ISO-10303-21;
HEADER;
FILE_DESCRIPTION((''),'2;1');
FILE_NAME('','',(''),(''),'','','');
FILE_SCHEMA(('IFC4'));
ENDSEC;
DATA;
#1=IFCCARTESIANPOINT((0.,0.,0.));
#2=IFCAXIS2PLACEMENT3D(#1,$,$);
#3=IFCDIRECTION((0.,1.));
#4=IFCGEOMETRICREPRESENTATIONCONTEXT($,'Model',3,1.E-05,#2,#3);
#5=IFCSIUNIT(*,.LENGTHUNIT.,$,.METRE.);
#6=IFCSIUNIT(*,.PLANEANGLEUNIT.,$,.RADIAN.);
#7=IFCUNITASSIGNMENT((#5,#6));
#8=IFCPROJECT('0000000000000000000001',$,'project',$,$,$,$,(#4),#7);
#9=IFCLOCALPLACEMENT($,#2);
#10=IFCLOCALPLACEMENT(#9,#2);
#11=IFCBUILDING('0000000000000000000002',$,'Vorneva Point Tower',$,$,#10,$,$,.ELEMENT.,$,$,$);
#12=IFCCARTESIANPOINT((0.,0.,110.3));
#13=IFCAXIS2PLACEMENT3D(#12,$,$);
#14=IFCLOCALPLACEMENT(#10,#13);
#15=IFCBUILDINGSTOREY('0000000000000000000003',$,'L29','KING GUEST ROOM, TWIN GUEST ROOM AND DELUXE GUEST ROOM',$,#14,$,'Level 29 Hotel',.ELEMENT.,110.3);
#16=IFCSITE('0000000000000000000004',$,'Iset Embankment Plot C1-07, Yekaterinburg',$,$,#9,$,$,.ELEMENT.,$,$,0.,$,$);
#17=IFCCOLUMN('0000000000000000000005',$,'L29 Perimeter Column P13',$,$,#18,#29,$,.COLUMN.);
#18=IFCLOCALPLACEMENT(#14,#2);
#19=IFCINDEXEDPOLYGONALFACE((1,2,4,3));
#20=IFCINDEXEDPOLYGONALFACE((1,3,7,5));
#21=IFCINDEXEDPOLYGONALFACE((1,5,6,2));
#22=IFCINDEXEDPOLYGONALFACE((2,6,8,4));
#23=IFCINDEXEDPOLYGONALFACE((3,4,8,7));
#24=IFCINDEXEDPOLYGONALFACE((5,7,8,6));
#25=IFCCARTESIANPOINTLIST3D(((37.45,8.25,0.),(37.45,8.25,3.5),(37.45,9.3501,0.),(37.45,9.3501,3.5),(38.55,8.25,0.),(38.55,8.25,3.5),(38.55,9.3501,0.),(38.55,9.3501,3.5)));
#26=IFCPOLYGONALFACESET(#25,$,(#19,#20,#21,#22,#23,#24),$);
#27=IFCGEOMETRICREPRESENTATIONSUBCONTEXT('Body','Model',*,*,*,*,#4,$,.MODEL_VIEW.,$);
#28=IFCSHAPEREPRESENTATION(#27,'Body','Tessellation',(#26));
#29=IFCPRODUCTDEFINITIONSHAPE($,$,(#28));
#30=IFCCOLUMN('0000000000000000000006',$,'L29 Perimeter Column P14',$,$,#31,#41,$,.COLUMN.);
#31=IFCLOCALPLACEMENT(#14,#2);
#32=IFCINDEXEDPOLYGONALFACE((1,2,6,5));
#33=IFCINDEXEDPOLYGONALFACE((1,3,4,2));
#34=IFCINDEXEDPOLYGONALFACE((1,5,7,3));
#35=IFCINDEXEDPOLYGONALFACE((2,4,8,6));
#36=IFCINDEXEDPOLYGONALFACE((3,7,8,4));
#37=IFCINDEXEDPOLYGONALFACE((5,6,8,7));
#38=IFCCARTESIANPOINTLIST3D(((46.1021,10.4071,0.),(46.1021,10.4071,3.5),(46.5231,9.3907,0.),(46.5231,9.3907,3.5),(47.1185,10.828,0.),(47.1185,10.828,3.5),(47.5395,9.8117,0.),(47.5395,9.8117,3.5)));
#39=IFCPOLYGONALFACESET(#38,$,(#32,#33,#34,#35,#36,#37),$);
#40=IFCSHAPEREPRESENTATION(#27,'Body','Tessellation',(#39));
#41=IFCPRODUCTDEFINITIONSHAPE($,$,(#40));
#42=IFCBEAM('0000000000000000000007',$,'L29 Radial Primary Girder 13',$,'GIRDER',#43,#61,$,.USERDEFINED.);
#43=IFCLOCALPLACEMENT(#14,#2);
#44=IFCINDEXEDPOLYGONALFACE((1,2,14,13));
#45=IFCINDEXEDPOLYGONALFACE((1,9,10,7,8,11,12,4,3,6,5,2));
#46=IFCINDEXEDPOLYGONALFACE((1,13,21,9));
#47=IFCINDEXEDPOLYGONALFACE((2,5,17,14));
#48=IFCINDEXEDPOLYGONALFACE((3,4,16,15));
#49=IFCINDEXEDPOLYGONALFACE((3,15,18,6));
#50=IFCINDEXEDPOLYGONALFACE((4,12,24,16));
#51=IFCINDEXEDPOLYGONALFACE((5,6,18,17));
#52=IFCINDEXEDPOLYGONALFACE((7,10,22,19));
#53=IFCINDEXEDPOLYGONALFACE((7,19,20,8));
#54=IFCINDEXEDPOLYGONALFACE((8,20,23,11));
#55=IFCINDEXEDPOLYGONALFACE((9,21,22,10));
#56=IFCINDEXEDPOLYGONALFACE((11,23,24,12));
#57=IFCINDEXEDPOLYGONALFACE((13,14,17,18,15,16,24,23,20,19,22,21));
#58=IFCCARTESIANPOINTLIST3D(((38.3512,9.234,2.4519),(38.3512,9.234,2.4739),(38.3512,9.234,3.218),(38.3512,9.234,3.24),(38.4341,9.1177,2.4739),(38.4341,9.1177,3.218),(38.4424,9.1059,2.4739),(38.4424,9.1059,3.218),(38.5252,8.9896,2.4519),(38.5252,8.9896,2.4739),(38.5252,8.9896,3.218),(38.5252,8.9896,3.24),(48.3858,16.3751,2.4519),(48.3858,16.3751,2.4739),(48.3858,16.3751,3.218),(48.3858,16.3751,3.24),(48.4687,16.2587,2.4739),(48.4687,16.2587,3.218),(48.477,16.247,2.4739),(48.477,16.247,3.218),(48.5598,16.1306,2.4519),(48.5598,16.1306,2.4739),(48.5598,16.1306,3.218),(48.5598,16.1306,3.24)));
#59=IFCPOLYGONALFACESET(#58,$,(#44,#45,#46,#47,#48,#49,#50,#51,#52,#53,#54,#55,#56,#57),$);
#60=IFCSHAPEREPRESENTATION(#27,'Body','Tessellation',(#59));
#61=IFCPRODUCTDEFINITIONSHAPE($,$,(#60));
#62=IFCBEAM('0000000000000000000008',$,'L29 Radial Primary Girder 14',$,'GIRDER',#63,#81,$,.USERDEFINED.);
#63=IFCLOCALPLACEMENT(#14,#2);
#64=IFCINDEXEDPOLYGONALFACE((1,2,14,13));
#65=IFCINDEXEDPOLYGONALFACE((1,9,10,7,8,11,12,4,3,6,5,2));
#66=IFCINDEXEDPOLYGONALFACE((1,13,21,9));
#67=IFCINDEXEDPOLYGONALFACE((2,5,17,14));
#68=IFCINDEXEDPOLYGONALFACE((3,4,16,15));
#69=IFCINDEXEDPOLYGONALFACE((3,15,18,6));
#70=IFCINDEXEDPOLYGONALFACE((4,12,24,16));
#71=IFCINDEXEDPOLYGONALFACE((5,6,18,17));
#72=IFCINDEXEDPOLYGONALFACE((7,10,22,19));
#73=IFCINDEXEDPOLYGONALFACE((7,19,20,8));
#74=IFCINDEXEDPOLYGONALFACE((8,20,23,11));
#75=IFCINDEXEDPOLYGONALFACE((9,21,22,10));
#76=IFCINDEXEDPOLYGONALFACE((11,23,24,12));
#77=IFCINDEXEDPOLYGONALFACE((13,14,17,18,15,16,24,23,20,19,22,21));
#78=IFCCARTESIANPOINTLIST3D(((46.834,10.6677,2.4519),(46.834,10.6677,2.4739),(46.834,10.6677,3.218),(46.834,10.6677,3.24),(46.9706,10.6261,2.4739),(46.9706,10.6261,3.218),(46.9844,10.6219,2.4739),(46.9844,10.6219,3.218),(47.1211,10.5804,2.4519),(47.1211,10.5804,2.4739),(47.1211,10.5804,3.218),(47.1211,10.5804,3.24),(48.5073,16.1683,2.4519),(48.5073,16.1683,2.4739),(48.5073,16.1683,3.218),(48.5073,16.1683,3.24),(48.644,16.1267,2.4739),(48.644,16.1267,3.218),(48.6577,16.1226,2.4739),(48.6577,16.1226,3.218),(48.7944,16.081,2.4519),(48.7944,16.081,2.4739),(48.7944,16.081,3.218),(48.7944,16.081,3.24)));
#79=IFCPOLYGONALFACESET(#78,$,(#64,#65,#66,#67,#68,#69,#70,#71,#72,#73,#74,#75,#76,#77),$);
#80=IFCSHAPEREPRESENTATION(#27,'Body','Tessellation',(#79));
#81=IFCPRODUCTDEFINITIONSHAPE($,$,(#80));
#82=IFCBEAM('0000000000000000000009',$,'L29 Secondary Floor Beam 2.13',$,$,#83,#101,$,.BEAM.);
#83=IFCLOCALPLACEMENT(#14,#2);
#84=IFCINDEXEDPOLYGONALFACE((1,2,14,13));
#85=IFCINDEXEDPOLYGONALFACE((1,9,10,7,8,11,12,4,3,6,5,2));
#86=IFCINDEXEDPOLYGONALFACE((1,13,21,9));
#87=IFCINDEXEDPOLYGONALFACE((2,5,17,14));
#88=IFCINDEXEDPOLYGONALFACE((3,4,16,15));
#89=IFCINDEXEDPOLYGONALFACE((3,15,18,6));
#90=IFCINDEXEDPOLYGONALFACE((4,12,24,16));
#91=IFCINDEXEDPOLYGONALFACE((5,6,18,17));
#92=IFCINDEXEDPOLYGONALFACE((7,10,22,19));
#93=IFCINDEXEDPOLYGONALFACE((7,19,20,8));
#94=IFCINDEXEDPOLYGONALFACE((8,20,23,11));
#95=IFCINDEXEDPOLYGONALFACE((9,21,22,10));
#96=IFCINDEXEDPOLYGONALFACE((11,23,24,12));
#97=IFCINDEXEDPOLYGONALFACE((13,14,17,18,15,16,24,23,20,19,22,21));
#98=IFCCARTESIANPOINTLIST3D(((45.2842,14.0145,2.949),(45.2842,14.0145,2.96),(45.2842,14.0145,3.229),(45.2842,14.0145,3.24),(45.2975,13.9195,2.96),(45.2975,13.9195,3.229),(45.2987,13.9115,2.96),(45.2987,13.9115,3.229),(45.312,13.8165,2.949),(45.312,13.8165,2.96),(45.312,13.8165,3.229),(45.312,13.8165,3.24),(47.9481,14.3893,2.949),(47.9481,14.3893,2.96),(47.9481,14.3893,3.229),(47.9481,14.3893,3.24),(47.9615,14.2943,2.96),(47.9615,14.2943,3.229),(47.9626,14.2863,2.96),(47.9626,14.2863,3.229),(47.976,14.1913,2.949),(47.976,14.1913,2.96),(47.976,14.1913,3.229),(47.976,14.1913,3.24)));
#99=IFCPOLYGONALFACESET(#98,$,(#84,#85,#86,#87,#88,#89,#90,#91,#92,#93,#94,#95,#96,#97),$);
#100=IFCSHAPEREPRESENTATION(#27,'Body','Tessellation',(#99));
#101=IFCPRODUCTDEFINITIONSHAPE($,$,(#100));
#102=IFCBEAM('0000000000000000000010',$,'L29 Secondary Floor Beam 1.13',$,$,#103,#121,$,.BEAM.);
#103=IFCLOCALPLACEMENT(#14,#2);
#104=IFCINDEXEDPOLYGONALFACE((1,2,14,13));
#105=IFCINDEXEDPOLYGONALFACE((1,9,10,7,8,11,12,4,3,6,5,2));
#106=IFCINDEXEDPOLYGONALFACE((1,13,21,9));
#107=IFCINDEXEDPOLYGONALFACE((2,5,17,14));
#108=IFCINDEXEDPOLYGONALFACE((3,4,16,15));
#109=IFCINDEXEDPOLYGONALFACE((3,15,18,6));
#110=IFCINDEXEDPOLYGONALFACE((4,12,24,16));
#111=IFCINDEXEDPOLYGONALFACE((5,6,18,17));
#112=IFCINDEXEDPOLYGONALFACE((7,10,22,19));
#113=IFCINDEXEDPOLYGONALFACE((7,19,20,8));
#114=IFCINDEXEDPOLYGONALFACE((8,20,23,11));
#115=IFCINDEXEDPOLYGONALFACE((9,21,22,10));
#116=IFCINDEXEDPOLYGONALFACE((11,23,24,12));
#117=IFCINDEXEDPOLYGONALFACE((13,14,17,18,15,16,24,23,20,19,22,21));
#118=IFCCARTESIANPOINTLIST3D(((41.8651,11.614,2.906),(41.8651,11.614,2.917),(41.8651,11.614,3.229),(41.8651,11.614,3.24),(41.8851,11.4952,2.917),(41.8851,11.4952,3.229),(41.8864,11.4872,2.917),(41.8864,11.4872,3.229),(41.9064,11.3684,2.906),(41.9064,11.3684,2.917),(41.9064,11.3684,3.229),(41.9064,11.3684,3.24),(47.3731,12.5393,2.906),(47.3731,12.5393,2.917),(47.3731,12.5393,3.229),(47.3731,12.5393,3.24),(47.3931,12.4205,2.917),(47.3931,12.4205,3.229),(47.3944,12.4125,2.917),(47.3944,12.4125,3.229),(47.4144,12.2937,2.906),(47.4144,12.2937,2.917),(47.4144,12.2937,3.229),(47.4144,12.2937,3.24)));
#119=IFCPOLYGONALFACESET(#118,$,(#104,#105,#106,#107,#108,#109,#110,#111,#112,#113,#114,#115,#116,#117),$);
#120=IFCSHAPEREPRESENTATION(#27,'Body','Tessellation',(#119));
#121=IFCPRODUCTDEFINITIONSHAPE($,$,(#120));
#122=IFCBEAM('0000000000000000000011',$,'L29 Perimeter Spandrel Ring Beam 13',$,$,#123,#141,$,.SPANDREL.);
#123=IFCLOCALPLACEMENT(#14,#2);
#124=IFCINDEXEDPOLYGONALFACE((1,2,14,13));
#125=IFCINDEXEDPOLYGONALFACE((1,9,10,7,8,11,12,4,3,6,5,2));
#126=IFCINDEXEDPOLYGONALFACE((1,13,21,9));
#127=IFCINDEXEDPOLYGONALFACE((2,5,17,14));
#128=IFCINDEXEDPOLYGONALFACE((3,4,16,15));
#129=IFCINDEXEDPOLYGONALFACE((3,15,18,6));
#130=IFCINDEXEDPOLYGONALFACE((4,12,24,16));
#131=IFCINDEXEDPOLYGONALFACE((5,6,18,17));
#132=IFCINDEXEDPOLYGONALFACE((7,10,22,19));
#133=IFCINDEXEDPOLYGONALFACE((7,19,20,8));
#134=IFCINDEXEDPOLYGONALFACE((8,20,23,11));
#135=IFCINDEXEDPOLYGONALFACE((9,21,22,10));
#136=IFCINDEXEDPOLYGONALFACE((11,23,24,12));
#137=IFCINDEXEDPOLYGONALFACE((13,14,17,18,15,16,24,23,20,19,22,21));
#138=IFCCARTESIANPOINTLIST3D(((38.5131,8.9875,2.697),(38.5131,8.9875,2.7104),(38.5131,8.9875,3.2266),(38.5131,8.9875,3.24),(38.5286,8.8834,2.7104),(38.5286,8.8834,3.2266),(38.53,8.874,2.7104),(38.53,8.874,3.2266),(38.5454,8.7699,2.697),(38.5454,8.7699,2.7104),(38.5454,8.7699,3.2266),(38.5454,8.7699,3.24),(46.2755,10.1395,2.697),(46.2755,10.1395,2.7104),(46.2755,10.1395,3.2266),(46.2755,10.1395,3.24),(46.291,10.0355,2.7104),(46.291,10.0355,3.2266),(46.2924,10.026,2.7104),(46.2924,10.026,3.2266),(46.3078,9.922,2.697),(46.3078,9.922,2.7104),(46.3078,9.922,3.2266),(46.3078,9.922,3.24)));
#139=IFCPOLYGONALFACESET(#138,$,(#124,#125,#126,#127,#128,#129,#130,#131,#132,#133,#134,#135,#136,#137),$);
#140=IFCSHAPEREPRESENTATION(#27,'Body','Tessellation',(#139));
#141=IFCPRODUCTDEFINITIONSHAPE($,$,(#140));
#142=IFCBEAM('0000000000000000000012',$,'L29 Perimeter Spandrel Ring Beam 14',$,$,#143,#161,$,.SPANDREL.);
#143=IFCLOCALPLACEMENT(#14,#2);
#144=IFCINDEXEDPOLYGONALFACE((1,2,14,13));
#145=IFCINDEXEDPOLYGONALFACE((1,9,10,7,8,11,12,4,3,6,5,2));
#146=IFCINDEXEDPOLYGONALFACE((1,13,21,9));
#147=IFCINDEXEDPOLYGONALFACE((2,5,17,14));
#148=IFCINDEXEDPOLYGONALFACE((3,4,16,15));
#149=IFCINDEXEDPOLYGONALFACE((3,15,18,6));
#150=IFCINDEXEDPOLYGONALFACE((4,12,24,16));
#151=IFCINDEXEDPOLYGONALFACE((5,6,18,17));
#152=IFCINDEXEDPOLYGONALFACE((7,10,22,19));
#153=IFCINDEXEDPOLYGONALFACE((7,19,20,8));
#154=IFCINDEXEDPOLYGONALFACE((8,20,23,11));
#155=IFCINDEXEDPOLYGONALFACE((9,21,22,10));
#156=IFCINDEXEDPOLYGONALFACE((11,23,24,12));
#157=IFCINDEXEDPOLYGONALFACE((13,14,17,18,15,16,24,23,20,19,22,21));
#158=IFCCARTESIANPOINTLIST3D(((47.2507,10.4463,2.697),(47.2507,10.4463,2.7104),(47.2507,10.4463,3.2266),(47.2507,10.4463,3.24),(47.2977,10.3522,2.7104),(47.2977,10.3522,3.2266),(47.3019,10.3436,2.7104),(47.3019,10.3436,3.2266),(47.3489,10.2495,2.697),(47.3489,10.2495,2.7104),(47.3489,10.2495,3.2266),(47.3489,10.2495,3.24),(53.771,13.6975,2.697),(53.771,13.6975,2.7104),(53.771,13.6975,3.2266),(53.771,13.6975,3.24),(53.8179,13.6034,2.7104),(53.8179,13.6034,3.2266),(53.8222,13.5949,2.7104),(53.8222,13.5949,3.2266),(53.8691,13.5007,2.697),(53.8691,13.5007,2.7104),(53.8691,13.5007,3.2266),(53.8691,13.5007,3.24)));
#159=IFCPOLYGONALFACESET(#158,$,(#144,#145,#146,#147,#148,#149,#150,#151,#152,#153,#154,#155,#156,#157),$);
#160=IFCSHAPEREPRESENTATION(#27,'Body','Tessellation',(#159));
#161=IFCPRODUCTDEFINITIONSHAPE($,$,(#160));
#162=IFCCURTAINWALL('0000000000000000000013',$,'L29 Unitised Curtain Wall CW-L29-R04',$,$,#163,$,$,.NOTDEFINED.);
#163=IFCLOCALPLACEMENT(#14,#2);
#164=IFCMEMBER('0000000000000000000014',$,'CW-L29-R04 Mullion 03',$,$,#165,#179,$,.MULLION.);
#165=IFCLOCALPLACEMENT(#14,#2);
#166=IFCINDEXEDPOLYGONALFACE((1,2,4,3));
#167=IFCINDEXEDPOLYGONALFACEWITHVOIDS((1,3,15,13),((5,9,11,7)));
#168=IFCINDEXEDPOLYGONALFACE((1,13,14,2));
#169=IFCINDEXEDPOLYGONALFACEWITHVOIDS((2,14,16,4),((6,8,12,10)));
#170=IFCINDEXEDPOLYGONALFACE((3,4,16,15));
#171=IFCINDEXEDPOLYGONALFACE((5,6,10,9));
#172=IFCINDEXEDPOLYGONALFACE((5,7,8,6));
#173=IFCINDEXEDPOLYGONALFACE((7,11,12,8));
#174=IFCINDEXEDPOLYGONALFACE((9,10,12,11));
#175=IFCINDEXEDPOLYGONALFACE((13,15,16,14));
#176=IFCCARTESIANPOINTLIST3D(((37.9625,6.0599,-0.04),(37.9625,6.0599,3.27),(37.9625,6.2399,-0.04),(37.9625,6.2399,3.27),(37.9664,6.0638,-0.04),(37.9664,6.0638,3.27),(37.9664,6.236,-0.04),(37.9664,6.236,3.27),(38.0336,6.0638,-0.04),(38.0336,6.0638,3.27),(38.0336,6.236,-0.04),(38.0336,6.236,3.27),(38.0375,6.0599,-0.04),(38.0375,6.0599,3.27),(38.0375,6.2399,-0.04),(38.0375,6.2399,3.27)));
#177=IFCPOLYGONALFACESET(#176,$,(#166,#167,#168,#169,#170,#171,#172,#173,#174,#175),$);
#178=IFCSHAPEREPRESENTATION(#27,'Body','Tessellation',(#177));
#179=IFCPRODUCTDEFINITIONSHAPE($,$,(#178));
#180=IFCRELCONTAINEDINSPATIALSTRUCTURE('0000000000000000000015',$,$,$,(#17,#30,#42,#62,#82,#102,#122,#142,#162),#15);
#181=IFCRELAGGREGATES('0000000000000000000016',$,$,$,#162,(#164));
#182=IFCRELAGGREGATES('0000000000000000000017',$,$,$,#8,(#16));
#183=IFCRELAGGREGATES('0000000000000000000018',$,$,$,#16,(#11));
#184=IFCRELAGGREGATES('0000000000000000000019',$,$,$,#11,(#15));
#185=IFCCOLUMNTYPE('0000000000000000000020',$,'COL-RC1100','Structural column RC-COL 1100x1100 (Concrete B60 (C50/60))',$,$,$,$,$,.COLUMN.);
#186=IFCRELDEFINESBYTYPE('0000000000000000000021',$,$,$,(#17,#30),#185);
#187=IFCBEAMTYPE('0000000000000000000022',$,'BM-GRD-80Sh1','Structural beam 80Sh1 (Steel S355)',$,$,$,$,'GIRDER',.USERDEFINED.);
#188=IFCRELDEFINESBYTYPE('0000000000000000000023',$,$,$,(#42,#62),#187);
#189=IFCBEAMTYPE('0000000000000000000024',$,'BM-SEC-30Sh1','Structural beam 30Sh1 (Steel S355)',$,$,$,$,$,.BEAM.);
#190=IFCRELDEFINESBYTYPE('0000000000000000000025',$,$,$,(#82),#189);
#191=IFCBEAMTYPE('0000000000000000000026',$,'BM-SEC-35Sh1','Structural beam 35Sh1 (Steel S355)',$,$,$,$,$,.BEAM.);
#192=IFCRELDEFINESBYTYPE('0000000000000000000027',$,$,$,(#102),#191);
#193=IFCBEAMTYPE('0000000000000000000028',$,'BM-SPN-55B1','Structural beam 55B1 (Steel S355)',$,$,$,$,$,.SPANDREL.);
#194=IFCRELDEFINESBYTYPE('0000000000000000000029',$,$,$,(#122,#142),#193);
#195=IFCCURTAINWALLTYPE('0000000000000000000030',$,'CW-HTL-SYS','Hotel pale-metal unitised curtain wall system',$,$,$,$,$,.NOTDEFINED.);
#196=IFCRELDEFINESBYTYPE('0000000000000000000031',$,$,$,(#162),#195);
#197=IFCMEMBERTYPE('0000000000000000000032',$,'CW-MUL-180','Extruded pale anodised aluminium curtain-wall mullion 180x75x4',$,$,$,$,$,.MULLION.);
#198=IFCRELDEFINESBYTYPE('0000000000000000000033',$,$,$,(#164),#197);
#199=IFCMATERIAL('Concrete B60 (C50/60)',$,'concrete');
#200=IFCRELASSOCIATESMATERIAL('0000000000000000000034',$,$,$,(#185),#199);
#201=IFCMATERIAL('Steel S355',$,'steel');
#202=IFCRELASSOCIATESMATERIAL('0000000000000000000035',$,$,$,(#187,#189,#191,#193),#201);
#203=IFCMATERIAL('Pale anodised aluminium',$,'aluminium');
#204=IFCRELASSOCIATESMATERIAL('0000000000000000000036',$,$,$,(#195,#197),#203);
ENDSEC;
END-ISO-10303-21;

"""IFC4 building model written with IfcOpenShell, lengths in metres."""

from ifc_helpers import new_model, si_unit, direction, frame, origin, origin_2d, place, context, subcontext, project, spatial, rectangle, hollow_rectangle, i_section, extrude, material, material_profile, profile_set, type_object, element, aggregate, save


model = new_model("IFC4")

# Units and contexts
model_context = context("Model", 3, precision=1e-05, world=origin(), true_north=direction((0.0, 1.0)))
body_context = subcontext(model_context, "Body", "Model", "MODEL_VIEW")
ifc_project = project(units=[si_unit("LENGTHUNIT", "METRE"), si_unit("PLANEANGLEUNIT", "RADIAN")], contexts=[model_context])

# Site, building, storey
site_placement = place(None, origin())
site = spatial("IfcSite", under=ifc_project, at=site_placement, Name="Iset Embankment Plot C1-07, Yekaterinburg", CompositionType="ELEMENT", RefElevation=0.0)
building_placement = place(site_placement, origin())
building = spatial("IfcBuilding", under=site, at=building_placement, Name="Vorneva Point Tower", CompositionType="ELEMENT")
storey_placement = place(building_placement, frame((0.0, 0.0, 110.3)))
storey = spatial("IfcBuildingStorey", under=building, at=storey_placement, Name="L29", Description="KING GUEST ROOM, TWIN GUEST ROOM AND DELUXE GUEST ROOM", LongName="Level 29 Hotel", CompositionType="ELEMENT", Elevation=110.3)

# Columns
ifc_material_1 = material(Name="Concrete B60 (C50/60)", Category="concrete")
ifc_material_profile_1 = material_profile(ifc_material_1, rectangle(XDim=1.1001, YDim=1.1001, at=origin_2d()), Name="RC-COL 1100x1100")
ifc_profile_set_1 = profile_set([ifc_material_profile_1], Name="Concrete B60 (C50/60)")
column_type = type_object("IfcColumnType", Name="COL-RC1100", Description="Structural column RC-COL 1100x1100 (Concrete B60 (C50/60))", PredefinedType="COLUMN", material=ifc_profile_set_1)
for number, where, z_axis, x_axis, name in (
    (1, (38.0, 8.8, 0.0), (0.0, 0.0, 1.0), (0.0, -1.0, 0.0), "L29 Perimeter Column P13"),
    (2, (46.8208, 10.1094, 0.0), (0.0, 0.0, 1.0), (0.382683, -0.92388, 0.0), "L29 Perimeter Column P14"),
):
    element("IfcColumn", number, at=place(storey_placement, frame(where, z_axis=z_axis, x_axis=x_axis)), inside=storey, type_object=column_type, Name=name, PredefinedType="COLUMN", context=body_context, shape_type="SweptSolid", body=[
        extrude(rectangle(XDim=1.1001, YDim=1.1001, at=origin_2d()), origin(), (0.0, 0.0, 1.0), 3.5),
    ])

# Beams
ifc_material_2 = material(Name="Steel S355", Category="steel")
ifc_material_profile_2 = material_profile(ifc_material_2, i_section(OverallWidth=0.3, OverallDepth=0.7881, WebThickness=0.0144, FlangeThickness=0.022, at=origin_2d()), Name="80Sh1")
ifc_profile_set_2 = profile_set([ifc_material_profile_2], Name="Steel S355")
beam_type_1 = type_object("IfcBeamType", Name="BM-GRD-80Sh1", Description="Structural beam 80Sh1 (Steel S355)", ElementType="GIRDER", PredefinedType="USERDEFINED", material=ifc_profile_set_2)
beam_1_placement = place(storey_placement, frame((38.4382, 9.1118, 2.8459), z_axis=(0.81475, 0.579812, 0.0), x_axis=(-0.579812, 0.81475, 0.0)))
element("IfcBeam", 3, at=beam_1_placement, inside=storey, type_object=beam_type_1, Name="L29 Radial Primary Girder 13", ObjectType="GIRDER", PredefinedType="USERDEFINED", context=body_context, shape_type="SweptSolid", body=[
    extrude(i_section(OverallWidth=0.3, OverallDepth=0.7881, WebThickness=0.0144, FlangeThickness=0.022, at=origin_2d()), origin(), (0.0, 0.0, 1.0), 12.3162),
])
beam_2_placement = place(storey_placement, frame((46.9775, 10.624, 2.8459), z_axis=(0.291035, 0.956712, 0.0), x_axis=(-0.956712, 0.291035, 0.0)))
element("IfcBeam", 4, at=beam_2_placement, inside=storey, type_object=beam_type_1, Name="L29 Radial Primary Girder 14", ObjectType="GIRDER", PredefinedType="USERDEFINED", context=body_context, shape_type="SweptSolid", body=[
    extrude(i_section(OverallWidth=0.3, OverallDepth=0.7881, WebThickness=0.0144, FlangeThickness=0.022, at=origin_2d()), origin(), (0.0, 0.0, 1.0), 5.7495),
])
ifc_material_profile_3 = material_profile(ifc_material_2, i_section(OverallWidth=0.2, OverallDepth=0.291, WebThickness=0.0081, FlangeThickness=0.011, at=origin_2d()), Name="30Sh1")
ifc_profile_set_3 = profile_set([ifc_material_profile_3], Name="Steel S355")
beam_type_2 = type_object("IfcBeamType", Name="BM-SEC-30Sh1", Description="Structural beam 30Sh1 (Steel S355)", PredefinedType="BEAM", material=ifc_profile_set_3)
beam_3_placement = place(storey_placement, frame((45.2981, 13.9155, 3.0945), z_axis=(0.99025, 0.139299, 0.0), x_axis=(-0.139299, 0.99025, 0.0)))
element("IfcBeam", 5, at=beam_3_placement, inside=storey, type_object=beam_type_2, Name="L29 Secondary Floor Beam 2.13", PredefinedType="BEAM", context=body_context, shape_type="SweptSolid", body=[
    extrude(i_section(OverallWidth=0.2, OverallDepth=0.291, WebThickness=0.0081, FlangeThickness=0.011, at=origin_2d()), origin(), (0.0, 0.0, 1.0), 2.6902),
])
ifc_material_profile_4 = material_profile(ifc_material_2, i_section(OverallWidth=0.249, OverallDepth=0.334, WebThickness=0.0081, FlangeThickness=0.011, at=origin_2d()), Name="35Sh1")
ifc_profile_set_4 = profile_set([ifc_material_profile_4], Name="Steel S355")
beam_type_3 = type_object("IfcBeamType", Name="BM-SEC-35Sh1", Description="Structural beam 35Sh1 (Steel S355)", PredefinedType="BEAM", material=ifc_profile_set_4)
beam_4_placement = place(storey_placement, frame((41.8857, 11.4912, 3.073), z_axis=(0.986182, 0.165668, 0.0), x_axis=(-0.165668, 0.986182, 0.0)))
element("IfcBeam", 6, at=beam_4_placement, inside=storey, type_object=beam_type_3, Name="L29 Secondary Floor Beam 1.13", PredefinedType="BEAM", context=body_context, shape_type="SweptSolid", body=[
    extrude(i_section(OverallWidth=0.249, OverallDepth=0.334, WebThickness=0.0081, FlangeThickness=0.011, at=origin_2d()), origin(), (0.0, 0.0, 1.0), 5.5852),
])
ifc_material_profile_5 = material_profile(ifc_material_2, i_section(OverallWidth=0.22, OverallDepth=0.543, WebThickness=0.0095, FlangeThickness=0.0134, at=origin_2d()), Name="55B1")
ifc_profile_set_5 = profile_set([ifc_material_profile_5], Name="Steel S355")
beam_type_4 = type_object("IfcBeamType", Name="BM-SPN-55B1", Description="Structural beam 55B1 (Steel S355)", PredefinedType="SPANDREL", material=ifc_profile_set_5)
beam_5_placement = place(storey_placement, frame((38.5293, 8.8787, 2.9685), z_axis=(0.989165, 0.146811, 0.0), x_axis=(-0.146811, 0.989165, 0.0)))
element("IfcBeam", 7, at=beam_5_placement, inside=storey, type_object=beam_type_4, Name="L29 Perimeter Spandrel Ring Beam 13", PredefinedType="SPANDREL", context=body_context, shape_type="SweptSolid", body=[
    extrude(i_section(OverallWidth=0.22, OverallDepth=0.543, WebThickness=0.0095, FlangeThickness=0.0134, at=origin_2d()), origin(), (0.0, 0.0, 1.0), 7.8474),
])
beam_6_placement = place(storey_placement, frame((47.2998, 10.3479, 2.9685), z_axis=(0.894916, 0.446235, 0.0), x_axis=(-0.446235, 0.894916, 0.0)))
element("IfcBeam", 8, at=beam_6_placement, inside=storey, type_object=beam_type_4, Name="L29 Perimeter Spandrel Ring Beam 14", PredefinedType="SPANDREL", context=body_context, shape_type="SweptSolid", body=[
    extrude(i_section(OverallWidth=0.22, OverallDepth=0.543, WebThickness=0.0095, FlangeThickness=0.0134, at=origin_2d()), origin(), (0.0, 0.0, 1.0), 7.2859),
])

# Curtain wall, member
ifc_material_3 = material(Name="Pale anodised aluminium", Category="aluminium")
curtain_wall_type = type_object("IfcCurtainWallType", Name="CW-HTL-SYS", Description="Hotel pale-metal unitised curtain wall system", PredefinedType="NOTDEFINED", material=ifc_material_3)
curtain_wall_placement = place(storey_placement, origin())
curtain_wall = element("IfcCurtainWall", 9, at=curtain_wall_placement, inside=storey, type_object=curtain_wall_type, Name="L29 Unitised Curtain Wall CW-L29-R04", PredefinedType="NOTDEFINED")
ifc_material_profile_6 = material_profile(ifc_material_3, hollow_rectangle(XDim=0.075, YDim=0.1799, WallThickness=0.0039, at=origin_2d()), Name="AL-MUL 180x75x4")
ifc_profile_set_6 = profile_set([ifc_material_profile_6], Name="Pale anodised aluminium")
member_type_1 = type_object("IfcMemberType", Name="CW-MUL-180", Description="Extruded pale anodised aluminium curtain-wall mullion 180x75x4", PredefinedType="MULLION", material=ifc_profile_set_6)
member_1_placement = place(storey_placement, frame((38.0, 6.1499, -0.04), z_axis=(0.0, 0.0, 1.0), x_axis=(1.0, 0.0, 0.0)))
member_1 = element("IfcMember", 10, at=member_1_placement, type_object=member_type_1, Name="CW-L29-R04 Mullion 03", PredefinedType="MULLION", context=body_context, shape_type="SweptSolid", body=[
    extrude(hollow_rectangle(XDim=0.075, YDim=0.1799, WallThickness=0.0039, at=origin_2d()), origin(), (0.0, 0.0, 1.0), 3.3101),
])
aggregate(curtain_wall, [member_1])

save(model, "model.ifc")
